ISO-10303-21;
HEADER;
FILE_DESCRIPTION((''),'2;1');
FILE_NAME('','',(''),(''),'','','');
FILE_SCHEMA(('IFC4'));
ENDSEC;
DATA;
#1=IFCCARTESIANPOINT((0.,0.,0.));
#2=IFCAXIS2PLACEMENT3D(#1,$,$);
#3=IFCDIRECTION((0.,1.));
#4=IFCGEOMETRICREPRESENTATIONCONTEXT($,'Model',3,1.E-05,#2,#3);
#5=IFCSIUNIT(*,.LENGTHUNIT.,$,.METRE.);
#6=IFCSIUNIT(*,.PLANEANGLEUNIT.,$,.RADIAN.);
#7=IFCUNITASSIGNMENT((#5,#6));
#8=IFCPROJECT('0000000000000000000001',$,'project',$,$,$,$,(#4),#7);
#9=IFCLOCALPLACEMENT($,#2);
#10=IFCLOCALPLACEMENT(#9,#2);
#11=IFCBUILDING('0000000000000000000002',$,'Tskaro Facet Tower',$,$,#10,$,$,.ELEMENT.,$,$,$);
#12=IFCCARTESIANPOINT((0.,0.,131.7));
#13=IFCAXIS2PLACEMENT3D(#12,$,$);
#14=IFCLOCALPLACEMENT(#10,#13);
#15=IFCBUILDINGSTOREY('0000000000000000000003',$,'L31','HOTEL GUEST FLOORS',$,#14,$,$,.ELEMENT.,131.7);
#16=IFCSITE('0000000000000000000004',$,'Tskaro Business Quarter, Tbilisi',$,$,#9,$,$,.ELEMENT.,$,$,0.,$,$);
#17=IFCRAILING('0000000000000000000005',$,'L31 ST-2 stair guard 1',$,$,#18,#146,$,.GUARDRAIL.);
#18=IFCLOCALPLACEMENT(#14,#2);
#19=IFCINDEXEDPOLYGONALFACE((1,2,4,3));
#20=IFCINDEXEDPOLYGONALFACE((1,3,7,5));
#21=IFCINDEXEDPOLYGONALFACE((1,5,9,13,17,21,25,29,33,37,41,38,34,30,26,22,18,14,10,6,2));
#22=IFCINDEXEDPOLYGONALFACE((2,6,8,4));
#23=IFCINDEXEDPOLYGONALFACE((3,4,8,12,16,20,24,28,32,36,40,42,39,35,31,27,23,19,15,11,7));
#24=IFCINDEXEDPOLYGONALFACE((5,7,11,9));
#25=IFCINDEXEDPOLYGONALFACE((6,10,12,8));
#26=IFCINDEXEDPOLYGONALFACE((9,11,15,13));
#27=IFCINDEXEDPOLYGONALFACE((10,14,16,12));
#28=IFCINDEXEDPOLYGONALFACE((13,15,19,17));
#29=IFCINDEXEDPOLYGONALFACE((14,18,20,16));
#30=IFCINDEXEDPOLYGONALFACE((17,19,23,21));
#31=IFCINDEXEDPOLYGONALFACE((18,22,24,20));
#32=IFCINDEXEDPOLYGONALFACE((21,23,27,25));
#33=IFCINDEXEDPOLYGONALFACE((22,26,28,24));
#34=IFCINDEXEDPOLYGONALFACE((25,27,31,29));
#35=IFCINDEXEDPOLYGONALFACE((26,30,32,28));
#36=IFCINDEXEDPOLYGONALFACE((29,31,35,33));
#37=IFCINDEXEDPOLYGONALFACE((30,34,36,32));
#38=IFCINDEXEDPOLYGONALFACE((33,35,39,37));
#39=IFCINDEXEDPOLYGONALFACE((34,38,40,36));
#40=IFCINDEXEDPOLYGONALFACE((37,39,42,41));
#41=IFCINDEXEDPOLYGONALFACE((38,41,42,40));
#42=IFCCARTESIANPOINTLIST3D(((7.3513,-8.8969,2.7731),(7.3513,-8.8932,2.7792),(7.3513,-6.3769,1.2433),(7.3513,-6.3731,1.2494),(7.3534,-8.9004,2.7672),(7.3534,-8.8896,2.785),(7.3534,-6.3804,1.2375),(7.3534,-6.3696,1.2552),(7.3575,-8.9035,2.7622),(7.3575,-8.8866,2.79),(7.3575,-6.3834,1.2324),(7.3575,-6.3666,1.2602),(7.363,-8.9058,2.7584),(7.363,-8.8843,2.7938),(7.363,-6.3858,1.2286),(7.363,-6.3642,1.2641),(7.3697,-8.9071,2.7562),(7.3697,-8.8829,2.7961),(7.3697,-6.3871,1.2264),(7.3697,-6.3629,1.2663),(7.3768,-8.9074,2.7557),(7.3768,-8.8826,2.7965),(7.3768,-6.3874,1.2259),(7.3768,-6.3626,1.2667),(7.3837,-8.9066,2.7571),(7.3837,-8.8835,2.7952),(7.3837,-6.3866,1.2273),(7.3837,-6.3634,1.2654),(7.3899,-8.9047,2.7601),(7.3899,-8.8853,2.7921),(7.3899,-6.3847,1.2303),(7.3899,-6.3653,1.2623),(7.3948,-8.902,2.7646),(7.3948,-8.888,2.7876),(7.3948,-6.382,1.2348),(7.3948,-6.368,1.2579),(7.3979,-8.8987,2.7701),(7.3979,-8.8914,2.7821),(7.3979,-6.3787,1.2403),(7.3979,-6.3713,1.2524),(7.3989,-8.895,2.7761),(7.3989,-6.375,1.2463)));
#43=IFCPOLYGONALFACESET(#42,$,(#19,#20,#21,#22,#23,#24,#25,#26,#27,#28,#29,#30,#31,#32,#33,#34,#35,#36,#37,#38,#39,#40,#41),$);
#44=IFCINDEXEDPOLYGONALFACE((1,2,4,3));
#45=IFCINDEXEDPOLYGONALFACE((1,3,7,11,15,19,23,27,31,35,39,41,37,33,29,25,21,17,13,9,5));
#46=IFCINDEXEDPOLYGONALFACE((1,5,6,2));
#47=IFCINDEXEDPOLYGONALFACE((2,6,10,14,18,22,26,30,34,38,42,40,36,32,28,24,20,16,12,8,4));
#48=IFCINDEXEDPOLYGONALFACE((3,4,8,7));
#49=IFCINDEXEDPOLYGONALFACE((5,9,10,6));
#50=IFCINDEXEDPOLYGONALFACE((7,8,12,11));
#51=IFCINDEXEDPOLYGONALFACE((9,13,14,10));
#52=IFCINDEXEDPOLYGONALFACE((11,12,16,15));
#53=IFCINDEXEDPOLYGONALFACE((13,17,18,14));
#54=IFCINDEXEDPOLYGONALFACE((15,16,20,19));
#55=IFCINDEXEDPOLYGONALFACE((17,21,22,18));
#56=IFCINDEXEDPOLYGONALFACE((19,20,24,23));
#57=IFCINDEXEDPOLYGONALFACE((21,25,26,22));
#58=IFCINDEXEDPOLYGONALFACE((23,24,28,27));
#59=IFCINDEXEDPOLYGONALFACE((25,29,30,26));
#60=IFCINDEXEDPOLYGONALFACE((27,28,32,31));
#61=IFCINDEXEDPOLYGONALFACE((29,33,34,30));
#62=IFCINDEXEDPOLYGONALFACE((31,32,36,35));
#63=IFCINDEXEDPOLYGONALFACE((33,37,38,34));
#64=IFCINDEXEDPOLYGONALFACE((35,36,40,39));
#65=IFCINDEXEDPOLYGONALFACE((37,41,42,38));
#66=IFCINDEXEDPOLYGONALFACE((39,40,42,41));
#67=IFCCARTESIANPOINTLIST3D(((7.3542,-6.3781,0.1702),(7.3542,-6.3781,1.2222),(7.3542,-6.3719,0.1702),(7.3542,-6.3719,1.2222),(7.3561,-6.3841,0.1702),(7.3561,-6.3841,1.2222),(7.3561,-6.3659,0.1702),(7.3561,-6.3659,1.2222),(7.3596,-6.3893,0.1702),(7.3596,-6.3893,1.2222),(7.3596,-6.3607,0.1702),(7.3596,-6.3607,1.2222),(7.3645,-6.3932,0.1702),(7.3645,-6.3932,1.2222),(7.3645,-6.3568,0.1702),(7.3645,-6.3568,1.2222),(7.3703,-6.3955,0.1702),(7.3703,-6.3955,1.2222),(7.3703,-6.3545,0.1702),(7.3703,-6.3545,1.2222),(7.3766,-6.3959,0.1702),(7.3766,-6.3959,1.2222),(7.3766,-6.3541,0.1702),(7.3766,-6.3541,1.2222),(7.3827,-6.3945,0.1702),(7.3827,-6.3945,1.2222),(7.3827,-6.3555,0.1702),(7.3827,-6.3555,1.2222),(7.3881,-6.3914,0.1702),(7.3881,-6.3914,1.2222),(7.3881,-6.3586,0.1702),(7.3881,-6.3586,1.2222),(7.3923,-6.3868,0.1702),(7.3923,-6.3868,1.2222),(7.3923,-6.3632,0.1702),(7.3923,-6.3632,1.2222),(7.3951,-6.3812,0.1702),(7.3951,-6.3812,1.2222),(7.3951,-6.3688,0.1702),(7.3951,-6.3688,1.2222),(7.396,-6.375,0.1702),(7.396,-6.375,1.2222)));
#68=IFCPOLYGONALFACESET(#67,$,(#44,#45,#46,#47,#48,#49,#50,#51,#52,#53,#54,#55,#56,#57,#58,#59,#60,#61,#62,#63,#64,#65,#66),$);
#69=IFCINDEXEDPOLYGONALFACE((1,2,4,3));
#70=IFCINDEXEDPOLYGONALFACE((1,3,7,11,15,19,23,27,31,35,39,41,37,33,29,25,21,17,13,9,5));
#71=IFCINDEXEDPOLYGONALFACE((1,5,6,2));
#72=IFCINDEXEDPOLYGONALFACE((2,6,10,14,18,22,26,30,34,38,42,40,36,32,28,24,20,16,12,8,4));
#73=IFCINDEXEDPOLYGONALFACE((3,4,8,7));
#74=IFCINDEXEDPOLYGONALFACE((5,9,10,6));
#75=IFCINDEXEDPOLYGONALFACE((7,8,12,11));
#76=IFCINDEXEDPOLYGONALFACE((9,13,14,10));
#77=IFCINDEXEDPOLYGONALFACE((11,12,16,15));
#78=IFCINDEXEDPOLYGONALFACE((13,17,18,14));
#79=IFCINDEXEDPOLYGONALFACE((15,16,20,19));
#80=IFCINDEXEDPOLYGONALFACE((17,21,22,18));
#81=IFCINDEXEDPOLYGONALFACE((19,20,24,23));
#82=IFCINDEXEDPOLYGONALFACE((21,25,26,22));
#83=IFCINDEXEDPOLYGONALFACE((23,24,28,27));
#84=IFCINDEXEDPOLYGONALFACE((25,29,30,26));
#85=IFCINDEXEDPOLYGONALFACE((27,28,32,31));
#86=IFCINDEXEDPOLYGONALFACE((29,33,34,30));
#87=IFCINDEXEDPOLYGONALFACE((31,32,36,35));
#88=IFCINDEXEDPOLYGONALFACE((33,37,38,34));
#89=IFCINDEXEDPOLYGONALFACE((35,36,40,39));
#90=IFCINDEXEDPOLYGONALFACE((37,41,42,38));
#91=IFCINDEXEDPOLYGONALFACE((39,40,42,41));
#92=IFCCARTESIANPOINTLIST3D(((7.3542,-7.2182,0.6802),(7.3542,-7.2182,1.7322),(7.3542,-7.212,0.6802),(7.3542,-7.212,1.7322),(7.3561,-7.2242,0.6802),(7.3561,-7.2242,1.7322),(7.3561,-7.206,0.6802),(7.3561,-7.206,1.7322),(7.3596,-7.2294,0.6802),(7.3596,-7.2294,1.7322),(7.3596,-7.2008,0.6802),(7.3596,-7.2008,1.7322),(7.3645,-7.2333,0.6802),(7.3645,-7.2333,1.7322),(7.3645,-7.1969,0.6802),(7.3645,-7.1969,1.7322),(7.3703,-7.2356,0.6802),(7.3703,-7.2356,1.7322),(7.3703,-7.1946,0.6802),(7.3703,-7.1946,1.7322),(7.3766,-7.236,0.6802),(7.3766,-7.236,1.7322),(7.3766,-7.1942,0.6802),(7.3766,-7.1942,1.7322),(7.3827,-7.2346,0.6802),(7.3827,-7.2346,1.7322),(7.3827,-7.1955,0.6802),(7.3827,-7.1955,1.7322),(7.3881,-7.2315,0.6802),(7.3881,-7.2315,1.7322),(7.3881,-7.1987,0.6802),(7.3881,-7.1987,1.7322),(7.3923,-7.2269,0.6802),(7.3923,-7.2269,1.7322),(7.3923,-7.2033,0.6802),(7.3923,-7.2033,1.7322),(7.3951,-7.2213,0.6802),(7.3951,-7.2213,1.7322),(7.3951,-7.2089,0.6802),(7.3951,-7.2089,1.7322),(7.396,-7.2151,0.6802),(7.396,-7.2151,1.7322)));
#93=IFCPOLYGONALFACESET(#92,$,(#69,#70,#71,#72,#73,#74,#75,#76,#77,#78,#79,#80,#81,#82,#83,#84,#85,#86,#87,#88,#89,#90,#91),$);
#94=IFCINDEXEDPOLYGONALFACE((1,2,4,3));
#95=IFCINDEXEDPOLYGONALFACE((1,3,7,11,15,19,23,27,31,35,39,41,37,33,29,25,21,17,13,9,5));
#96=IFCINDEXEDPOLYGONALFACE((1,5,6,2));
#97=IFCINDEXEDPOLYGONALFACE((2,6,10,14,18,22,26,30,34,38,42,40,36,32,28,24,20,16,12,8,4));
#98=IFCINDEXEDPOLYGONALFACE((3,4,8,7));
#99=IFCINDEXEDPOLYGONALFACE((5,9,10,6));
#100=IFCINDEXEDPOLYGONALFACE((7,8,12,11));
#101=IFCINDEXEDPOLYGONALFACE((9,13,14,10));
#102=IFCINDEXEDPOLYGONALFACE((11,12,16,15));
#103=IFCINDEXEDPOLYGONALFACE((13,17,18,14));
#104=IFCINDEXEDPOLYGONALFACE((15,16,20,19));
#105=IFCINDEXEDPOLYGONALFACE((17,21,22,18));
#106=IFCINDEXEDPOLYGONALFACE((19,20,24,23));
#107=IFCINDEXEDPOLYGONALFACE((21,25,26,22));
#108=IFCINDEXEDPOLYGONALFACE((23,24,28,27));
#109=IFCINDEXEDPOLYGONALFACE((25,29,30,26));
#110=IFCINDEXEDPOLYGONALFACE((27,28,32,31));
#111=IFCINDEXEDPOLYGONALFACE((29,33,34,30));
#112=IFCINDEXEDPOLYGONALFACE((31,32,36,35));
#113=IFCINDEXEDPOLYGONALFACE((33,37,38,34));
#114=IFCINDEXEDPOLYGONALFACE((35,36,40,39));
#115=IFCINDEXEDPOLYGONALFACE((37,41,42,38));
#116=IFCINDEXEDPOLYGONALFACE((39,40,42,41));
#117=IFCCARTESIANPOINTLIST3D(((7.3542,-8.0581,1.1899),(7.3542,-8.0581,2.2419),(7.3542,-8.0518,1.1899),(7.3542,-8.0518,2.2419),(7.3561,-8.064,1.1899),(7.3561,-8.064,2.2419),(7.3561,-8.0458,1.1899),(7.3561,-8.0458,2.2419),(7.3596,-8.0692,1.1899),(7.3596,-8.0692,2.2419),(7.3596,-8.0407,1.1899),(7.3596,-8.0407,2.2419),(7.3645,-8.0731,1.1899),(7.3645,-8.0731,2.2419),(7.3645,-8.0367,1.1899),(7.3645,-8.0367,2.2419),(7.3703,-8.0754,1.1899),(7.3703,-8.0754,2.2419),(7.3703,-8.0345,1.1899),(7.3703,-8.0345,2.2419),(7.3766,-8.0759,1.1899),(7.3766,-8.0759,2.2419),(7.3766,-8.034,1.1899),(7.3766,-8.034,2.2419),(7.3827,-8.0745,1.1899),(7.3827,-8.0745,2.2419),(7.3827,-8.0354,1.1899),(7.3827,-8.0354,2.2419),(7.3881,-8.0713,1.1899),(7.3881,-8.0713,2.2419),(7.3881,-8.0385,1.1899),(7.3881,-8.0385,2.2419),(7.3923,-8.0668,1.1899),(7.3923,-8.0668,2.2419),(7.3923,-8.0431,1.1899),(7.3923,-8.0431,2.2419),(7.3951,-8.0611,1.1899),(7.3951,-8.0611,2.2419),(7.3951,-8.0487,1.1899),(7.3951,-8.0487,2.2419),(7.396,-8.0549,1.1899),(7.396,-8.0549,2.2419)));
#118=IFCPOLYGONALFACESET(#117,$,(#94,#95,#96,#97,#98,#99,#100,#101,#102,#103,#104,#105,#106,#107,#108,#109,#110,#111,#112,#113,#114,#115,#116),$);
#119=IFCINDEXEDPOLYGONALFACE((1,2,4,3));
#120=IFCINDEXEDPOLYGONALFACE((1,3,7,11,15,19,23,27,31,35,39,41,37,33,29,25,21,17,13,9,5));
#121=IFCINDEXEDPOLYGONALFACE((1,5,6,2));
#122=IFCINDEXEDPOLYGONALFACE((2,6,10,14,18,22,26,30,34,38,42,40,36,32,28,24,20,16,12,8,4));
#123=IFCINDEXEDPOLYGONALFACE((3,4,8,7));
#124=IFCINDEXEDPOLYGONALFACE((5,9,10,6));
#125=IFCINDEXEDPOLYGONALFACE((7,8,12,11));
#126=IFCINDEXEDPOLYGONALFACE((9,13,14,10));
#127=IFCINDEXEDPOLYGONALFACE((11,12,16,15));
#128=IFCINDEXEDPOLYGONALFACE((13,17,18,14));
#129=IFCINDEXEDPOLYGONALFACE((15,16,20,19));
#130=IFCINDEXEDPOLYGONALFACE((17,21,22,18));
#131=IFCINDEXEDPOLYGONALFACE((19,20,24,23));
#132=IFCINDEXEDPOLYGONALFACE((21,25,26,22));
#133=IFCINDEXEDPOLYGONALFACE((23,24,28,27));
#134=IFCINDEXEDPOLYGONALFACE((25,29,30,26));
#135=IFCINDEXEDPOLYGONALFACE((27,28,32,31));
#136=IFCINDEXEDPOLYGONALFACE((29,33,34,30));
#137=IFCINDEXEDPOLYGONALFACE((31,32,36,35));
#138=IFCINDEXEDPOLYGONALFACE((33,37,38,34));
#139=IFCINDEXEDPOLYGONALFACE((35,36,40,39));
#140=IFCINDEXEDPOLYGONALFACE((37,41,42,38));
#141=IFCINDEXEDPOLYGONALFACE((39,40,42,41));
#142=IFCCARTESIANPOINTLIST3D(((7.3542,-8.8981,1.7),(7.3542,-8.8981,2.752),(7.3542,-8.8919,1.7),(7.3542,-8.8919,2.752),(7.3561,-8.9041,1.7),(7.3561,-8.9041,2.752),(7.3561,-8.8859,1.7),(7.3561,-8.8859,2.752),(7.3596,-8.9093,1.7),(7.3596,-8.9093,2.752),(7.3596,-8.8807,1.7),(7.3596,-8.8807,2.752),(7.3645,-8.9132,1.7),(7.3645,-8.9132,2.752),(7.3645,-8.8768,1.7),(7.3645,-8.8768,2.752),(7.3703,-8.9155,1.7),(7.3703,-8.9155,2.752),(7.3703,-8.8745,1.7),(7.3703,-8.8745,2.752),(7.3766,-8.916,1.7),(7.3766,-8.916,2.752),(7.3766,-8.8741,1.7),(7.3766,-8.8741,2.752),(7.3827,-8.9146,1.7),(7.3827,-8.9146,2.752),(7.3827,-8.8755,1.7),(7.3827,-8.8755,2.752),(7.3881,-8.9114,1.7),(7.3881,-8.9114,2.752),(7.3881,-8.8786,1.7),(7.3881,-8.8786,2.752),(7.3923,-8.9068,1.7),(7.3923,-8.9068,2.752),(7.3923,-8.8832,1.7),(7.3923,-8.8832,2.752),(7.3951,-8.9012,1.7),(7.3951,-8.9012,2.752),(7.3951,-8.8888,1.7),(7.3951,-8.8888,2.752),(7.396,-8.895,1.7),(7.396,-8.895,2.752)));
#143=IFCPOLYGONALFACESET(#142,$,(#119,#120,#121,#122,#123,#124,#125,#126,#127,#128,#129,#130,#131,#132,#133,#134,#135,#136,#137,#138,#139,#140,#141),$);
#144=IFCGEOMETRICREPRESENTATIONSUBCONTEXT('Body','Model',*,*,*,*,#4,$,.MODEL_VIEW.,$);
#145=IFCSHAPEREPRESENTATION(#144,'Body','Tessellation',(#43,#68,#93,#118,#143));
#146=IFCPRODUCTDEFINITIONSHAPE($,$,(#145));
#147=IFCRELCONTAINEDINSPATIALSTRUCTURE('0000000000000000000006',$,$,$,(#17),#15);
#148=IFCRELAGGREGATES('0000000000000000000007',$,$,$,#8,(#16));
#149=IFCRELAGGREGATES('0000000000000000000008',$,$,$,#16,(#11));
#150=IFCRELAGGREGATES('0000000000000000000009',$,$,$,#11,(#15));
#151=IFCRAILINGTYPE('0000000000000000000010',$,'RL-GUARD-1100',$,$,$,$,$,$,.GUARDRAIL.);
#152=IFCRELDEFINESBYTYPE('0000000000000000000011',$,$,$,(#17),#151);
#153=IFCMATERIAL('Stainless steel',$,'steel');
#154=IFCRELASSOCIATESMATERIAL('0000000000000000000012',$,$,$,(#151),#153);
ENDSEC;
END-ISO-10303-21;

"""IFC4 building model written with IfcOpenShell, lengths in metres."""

from ifc_helpers import new_model, si_unit, direction, frame, origin, origin_2d, place, context, subcontext, project, spatial, circle, extrude, material, type_object, element, save


model = new_model("IFC4")

# Units and contexts
model_context = context("Model", 3, precision=1e-05, world=origin(), true_north=direction((0.0, 1.0)))
body_context = subcontext(model_context, "Body", "Model", "MODEL_VIEW")
ifc_project = project(units=[si_unit("LENGTHUNIT", "METRE"), si_unit("PLANEANGLEUNIT", "RADIAN")], contexts=[model_context])

# Site, building, storey
site_placement = place(None, origin())
site = spatial("IfcSite", under=ifc_project, at=site_placement, Name="Tskaro Business Quarter, Tbilisi", CompositionType="ELEMENT", RefElevation=0.0)
building_placement = place(site_placement, origin())
building = spatial("IfcBuilding", under=site, at=building_placement, Name="Tskaro Facet Tower", CompositionType="ELEMENT")
storey_placement = place(building_placement, frame((0.0, 0.0, 131.7)))
storey = spatial("IfcBuildingStorey", under=building, at=storey_placement, Name="L31", Description="HOTEL GUEST FLOORS", CompositionType="ELEMENT", Elevation=131.7)

# Railing
ifc_material_1 = material(Name="Stainless steel", Category="steel")
railing_type_1 = type_object("IfcRailingType", Name="RL-GUARD-1100", PredefinedType="GUARDRAIL", material=ifc_material_1)
railing_1_placement = place(storey_placement, frame((7.375, -6.375, 0.1702)))
element("IfcRailing", 1, at=railing_1_placement, inside=storey, type_object=railing_type_1, Name="L31 ST-2 stair guard 1", PredefinedType="GUARDRAIL", context=body_context, shape_type="SweptSolid", body=[
    extrude(circle(Radius=0.0239, at=origin_2d()), frame((0.0, 0.0, 1.0762), z_axis=(0.0, -0.854822, 0.518922), x_axis=(1.0, 0.0, 0.0)), (0.0, 0.0, 1.0), 2.948),
    extrude(circle(Radius=0.021, at=origin_2d()), origin(), (0.0, 0.0, 1.0), 1.052),
    extrude(circle(Radius=0.021, at=origin_2d()), frame((0.0, -0.8401, 0.51)), (0.0, 0.0, 1.0), 1.052),
    extrude(circle(Radius=0.021, at=origin_2d()), frame((0.0, -1.6799, 1.0198)), (0.0, 0.0, 1.0), 1.052),
    extrude(circle(Radius=0.021, at=origin_2d()), frame((0.0, -2.52, 1.5298)), (0.0, 0.0, 1.0), 1.052),
])

save(model, "model.ifc")
